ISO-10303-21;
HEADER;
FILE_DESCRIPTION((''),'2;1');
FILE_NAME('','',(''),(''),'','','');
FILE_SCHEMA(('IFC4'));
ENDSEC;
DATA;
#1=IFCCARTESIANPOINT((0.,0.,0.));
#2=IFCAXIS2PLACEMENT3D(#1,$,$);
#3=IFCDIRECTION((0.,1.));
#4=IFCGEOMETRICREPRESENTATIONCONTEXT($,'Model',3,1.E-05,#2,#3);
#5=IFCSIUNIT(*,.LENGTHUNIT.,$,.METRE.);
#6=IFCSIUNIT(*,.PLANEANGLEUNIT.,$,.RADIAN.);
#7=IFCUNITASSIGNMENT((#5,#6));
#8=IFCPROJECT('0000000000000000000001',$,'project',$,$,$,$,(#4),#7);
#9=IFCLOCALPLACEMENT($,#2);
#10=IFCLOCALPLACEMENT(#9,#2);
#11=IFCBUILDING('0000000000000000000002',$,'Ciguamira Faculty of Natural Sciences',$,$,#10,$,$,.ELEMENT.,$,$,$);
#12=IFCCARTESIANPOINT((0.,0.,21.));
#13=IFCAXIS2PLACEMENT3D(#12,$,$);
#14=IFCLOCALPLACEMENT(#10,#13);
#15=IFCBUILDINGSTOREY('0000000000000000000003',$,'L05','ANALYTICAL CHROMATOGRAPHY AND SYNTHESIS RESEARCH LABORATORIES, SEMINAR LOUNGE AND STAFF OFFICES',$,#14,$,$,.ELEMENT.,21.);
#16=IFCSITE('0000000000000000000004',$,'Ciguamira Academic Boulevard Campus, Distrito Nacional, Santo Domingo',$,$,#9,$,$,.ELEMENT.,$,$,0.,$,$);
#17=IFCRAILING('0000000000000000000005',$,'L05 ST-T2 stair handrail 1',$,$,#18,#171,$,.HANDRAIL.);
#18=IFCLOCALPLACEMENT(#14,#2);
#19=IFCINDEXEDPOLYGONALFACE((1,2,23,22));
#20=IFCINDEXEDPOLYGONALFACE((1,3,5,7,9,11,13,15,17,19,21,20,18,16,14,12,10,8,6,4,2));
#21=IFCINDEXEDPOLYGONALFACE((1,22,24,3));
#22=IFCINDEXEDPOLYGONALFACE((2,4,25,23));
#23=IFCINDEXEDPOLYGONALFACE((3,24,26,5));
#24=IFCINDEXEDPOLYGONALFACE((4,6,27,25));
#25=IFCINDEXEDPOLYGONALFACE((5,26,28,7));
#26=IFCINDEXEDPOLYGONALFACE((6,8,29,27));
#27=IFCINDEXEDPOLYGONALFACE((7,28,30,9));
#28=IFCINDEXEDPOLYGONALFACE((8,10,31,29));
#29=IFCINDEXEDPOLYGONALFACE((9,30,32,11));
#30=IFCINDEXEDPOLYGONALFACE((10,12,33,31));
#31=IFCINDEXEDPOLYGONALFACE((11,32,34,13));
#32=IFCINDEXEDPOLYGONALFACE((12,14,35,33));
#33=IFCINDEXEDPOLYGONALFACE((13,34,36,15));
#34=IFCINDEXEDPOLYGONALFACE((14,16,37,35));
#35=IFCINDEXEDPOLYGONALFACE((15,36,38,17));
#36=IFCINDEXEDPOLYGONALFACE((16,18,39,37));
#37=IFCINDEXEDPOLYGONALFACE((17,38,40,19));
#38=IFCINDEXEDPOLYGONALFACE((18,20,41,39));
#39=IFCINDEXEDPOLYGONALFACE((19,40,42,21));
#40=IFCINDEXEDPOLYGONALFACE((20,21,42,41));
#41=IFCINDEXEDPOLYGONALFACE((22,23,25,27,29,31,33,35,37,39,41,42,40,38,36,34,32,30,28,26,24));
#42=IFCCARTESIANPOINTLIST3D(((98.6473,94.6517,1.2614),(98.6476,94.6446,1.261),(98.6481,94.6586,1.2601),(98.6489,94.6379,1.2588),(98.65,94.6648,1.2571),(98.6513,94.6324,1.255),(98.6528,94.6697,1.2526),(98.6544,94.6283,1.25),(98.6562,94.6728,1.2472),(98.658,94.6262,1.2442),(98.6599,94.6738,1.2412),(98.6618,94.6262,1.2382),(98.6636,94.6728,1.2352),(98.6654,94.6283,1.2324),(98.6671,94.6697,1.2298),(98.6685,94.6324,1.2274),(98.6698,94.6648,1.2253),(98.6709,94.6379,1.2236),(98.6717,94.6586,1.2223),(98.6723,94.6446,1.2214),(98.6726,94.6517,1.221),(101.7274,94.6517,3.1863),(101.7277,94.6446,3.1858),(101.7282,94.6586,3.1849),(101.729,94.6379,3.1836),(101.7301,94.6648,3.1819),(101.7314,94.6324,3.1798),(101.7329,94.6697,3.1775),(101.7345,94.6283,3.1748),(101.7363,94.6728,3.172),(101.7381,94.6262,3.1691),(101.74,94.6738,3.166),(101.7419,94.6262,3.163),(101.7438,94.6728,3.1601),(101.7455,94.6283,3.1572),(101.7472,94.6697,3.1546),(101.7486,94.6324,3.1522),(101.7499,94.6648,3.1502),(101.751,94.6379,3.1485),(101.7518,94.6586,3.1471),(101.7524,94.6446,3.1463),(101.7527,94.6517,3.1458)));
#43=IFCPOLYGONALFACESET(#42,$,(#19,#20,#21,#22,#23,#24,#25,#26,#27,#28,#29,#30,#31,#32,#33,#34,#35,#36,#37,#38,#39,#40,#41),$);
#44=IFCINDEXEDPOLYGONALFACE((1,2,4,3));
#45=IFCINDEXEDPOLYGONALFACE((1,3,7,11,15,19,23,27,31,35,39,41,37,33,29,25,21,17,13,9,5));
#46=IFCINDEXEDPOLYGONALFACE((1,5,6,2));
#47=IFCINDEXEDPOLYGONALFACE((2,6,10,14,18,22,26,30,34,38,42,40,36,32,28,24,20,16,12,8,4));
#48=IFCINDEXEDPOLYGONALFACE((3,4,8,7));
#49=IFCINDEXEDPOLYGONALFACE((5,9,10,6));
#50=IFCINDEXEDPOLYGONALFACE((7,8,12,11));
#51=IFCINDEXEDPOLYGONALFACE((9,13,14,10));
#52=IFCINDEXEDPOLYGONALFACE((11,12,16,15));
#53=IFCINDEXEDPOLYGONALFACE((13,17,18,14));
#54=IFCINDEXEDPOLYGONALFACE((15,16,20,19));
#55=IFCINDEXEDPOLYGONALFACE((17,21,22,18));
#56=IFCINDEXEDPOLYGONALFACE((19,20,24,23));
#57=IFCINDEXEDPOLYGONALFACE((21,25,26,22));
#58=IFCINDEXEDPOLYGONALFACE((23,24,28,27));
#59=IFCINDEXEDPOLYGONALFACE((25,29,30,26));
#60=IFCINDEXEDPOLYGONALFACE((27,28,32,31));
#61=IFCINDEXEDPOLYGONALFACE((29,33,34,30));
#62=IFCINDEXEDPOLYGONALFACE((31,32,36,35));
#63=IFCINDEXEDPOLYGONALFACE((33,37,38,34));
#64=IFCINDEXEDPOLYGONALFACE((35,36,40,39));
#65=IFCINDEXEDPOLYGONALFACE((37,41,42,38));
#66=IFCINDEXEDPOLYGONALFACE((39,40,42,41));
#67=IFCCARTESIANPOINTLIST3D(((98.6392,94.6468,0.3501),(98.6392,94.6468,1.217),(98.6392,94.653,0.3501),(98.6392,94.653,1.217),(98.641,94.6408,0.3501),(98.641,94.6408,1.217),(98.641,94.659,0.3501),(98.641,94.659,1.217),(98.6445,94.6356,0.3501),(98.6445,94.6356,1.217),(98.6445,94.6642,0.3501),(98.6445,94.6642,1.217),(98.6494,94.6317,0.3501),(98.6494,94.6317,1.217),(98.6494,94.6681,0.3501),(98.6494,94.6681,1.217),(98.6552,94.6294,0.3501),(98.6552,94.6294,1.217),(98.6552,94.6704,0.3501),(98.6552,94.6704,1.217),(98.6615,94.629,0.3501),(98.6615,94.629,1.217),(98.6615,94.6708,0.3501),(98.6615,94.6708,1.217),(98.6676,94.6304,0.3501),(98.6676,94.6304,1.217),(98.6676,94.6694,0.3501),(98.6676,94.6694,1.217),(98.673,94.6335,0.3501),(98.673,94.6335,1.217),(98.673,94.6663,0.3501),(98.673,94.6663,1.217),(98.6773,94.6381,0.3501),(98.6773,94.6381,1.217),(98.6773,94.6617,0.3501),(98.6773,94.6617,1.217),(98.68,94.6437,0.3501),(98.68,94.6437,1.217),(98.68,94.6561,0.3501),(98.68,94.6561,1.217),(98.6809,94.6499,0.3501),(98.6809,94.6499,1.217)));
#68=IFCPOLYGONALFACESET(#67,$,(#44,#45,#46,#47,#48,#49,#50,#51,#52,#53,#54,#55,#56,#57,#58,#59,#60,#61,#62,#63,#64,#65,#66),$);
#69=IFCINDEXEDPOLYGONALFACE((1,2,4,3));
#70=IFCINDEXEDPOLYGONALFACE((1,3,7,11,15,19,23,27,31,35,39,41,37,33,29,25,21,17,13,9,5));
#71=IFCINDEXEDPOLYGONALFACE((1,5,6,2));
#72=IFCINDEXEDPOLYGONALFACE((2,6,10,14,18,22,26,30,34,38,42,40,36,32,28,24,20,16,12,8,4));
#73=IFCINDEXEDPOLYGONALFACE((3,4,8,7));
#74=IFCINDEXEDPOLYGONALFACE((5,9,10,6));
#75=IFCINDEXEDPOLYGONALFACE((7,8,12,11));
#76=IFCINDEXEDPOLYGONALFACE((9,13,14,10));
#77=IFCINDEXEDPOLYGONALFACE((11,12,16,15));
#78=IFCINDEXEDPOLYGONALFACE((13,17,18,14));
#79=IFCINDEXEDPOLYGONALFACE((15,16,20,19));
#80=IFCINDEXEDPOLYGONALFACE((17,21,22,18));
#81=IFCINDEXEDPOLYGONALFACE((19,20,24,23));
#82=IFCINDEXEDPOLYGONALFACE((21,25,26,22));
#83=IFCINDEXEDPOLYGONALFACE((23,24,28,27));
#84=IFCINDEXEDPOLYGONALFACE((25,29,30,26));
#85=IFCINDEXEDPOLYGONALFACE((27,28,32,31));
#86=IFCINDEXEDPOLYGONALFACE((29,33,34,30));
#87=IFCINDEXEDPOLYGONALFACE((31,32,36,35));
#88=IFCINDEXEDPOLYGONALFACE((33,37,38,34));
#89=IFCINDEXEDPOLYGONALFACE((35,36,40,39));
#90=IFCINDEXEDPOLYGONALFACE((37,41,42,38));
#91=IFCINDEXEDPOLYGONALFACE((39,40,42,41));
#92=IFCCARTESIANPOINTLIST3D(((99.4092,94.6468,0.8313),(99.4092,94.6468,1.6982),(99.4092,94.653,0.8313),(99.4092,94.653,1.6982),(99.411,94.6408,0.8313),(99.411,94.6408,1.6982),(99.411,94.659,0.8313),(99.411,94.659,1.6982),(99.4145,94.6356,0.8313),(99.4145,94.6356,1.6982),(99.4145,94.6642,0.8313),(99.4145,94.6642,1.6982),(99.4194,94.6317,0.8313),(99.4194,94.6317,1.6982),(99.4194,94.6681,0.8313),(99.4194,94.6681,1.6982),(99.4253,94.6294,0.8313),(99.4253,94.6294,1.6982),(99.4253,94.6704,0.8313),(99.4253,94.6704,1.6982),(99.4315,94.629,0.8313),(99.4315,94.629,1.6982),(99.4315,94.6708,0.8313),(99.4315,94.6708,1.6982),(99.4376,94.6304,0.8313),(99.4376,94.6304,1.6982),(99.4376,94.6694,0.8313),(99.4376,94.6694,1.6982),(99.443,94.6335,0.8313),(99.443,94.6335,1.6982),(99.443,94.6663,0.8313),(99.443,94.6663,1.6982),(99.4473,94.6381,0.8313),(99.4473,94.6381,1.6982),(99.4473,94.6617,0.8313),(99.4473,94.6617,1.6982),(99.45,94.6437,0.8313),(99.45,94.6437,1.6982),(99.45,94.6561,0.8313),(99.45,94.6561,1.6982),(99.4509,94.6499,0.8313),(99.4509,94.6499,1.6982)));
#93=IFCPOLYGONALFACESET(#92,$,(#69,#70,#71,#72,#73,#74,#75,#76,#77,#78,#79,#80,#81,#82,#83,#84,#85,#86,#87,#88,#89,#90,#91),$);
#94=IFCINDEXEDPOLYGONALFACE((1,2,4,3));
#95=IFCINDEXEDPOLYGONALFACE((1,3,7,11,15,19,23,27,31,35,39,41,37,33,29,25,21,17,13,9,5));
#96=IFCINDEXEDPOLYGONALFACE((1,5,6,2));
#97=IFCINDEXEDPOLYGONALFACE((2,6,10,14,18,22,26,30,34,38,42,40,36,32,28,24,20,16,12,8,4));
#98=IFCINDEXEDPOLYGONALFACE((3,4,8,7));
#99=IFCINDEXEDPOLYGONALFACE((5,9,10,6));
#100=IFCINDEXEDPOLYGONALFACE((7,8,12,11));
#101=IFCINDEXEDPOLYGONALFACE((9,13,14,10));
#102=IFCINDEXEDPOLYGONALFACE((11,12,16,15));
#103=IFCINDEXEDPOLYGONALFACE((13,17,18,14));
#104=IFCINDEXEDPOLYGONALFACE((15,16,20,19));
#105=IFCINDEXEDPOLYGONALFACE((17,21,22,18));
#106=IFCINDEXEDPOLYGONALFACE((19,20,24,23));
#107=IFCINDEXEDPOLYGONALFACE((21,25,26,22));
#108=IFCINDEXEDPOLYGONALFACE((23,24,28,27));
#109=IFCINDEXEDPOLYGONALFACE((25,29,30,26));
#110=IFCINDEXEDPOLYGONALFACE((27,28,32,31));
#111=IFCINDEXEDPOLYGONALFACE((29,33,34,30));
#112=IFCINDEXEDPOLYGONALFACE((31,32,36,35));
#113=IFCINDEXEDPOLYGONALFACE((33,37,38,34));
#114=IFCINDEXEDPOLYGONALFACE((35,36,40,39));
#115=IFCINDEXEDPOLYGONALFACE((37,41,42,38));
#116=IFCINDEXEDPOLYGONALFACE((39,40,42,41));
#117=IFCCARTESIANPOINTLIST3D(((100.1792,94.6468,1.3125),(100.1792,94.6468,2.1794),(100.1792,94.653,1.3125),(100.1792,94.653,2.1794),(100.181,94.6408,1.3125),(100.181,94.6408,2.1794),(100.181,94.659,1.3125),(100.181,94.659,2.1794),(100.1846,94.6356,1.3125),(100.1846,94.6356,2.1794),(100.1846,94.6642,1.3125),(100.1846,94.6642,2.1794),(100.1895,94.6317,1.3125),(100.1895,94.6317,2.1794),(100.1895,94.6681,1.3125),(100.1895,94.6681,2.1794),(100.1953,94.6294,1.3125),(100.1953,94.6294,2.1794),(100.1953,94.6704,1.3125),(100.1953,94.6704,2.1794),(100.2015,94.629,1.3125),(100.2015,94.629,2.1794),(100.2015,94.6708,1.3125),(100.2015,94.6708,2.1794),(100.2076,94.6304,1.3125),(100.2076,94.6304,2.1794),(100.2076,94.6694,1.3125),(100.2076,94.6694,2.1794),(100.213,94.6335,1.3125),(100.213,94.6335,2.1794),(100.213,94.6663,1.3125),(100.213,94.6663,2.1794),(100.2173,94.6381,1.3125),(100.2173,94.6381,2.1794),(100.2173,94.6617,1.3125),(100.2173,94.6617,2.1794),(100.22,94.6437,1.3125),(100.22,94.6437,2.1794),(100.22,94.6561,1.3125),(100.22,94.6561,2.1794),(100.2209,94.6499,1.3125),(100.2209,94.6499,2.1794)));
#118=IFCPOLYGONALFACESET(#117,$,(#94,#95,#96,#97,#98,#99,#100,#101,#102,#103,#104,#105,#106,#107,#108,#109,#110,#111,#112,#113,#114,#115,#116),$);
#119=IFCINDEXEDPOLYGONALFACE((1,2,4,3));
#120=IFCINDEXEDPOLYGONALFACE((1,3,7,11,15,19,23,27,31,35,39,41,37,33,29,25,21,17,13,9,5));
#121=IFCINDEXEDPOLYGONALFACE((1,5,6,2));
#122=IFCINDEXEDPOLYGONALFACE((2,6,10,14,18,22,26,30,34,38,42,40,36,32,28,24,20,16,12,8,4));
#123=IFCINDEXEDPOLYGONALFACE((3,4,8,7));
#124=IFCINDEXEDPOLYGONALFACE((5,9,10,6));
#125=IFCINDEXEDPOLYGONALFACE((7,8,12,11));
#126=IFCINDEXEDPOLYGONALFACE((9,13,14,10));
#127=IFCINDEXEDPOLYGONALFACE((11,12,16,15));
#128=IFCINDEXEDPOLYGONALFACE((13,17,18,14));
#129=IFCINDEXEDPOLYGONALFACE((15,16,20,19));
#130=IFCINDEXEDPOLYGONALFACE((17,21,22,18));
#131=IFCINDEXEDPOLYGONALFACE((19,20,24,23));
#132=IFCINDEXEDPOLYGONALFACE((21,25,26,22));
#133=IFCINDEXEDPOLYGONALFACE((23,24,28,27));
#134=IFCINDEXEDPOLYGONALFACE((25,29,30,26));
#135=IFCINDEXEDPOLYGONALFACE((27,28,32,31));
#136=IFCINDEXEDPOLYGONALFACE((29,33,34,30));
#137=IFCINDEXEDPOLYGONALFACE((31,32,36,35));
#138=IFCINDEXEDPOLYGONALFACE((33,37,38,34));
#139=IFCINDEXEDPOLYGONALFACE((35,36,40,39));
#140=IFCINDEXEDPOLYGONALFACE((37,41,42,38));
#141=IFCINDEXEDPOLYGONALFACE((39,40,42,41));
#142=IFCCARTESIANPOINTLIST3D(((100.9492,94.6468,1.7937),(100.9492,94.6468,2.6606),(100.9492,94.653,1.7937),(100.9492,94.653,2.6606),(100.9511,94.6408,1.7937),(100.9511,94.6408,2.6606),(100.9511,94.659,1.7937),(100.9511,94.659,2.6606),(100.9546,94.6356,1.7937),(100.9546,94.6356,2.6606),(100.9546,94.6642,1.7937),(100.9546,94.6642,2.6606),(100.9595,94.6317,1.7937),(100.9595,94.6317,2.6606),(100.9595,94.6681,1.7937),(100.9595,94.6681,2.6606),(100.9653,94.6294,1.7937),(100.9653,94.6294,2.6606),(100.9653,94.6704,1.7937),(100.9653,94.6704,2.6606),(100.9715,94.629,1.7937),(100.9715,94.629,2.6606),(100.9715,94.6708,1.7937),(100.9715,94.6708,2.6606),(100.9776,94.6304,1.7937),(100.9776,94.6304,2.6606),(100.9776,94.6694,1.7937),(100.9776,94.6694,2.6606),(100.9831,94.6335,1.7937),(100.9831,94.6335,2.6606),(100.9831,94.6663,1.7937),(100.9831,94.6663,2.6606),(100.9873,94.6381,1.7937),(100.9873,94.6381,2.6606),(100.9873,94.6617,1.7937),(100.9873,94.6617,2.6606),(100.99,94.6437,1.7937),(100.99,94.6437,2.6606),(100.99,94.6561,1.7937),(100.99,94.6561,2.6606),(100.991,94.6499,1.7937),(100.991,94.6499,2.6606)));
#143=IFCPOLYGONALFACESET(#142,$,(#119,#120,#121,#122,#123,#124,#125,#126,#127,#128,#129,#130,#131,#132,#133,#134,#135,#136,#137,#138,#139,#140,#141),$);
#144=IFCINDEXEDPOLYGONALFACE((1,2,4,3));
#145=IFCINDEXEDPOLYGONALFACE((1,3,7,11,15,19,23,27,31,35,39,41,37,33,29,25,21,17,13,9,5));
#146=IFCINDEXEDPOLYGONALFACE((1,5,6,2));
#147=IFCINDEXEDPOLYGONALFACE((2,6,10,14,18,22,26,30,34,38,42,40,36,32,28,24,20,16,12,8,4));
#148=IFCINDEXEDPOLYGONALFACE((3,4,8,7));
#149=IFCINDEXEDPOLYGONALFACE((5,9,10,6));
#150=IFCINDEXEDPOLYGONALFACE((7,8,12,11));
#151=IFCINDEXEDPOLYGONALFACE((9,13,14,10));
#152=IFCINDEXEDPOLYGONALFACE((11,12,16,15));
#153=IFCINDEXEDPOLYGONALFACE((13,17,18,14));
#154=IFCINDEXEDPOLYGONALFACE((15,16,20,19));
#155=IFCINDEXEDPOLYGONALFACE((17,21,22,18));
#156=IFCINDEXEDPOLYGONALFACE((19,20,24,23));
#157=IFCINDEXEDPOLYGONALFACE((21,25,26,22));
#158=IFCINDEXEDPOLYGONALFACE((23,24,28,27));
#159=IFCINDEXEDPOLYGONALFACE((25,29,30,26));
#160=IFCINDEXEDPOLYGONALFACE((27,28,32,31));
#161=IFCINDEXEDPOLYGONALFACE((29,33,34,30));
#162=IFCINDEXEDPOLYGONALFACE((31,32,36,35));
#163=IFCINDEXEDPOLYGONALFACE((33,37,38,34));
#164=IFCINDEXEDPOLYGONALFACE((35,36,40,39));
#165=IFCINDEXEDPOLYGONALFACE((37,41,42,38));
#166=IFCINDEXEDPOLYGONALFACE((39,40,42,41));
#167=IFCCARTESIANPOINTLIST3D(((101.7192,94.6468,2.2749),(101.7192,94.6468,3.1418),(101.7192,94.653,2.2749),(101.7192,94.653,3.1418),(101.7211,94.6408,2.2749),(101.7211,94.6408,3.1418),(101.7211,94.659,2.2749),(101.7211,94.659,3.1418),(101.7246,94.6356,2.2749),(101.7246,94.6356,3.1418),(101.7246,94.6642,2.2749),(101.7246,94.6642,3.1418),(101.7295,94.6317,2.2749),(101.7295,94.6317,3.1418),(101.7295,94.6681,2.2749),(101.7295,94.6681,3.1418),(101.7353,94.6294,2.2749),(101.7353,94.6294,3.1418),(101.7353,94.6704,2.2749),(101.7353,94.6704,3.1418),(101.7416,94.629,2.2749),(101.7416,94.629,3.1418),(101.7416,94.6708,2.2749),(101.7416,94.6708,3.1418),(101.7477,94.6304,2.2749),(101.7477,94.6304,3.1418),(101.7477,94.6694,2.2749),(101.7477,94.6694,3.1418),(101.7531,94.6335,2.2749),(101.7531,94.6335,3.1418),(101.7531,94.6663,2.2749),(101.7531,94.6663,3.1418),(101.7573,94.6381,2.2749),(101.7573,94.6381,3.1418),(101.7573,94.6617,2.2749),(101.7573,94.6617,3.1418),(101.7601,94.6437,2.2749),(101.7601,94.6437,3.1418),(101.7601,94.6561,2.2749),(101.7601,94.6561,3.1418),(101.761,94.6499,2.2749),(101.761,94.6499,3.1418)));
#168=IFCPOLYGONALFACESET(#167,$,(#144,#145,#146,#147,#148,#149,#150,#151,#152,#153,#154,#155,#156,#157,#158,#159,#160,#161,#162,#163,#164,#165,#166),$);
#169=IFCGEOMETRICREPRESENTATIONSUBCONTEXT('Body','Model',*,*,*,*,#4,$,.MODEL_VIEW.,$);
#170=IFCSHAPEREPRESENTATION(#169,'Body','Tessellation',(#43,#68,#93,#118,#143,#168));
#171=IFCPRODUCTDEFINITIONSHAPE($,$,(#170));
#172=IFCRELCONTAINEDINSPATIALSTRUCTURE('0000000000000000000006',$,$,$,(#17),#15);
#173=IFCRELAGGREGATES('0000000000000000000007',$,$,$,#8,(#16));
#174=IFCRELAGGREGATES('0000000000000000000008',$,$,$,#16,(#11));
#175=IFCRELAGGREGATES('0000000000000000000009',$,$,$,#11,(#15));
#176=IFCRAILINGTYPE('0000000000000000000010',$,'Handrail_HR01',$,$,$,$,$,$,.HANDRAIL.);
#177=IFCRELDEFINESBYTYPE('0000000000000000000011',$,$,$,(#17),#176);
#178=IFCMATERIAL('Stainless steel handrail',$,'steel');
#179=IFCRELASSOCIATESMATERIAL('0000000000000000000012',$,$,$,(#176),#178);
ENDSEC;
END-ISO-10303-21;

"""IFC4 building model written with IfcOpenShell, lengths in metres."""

from ifc_helpers import new_model, si_unit, direction, frame, origin, origin_2d, place, context, subcontext, project, spatial, circle, extrude, material, type_object, element, save


model = new_model("IFC4")

# Units and contexts
model_context = context("Model", 3, precision=1e-05, world=origin(), true_north=direction((0.0, 1.0)))
body_context = subcontext(model_context, "Body", "Model", "MODEL_VIEW")
ifc_project = project(units=[si_unit("LENGTHUNIT", "METRE"), si_unit("PLANEANGLEUNIT", "RADIAN")], contexts=[model_context])

# Site, building, storey
site_placement = place(None, origin())
site = spatial("IfcSite", under=ifc_project, at=site_placement, Name="Ciguamira Academic Boulevard Campus, Distrito Nacional, Santo Domingo", CompositionType="ELEMENT", RefElevation=0.0)
building_placement = place(site_placement, origin())
building = spatial("IfcBuilding", under=site, at=building_placement, Name="Ciguamira Faculty of Natural Sciences", CompositionType="ELEMENT")
storey_placement = place(building_placement, frame((0.0, 0.0, 21.0)))
storey = spatial("IfcBuildingStorey", under=building, at=storey_placement, Name="L05", Description="ANALYTICAL CHROMATOGRAPHY AND SYNTHESIS RESEARCH LABORATORIES, SEMINAR LOUNGE AND STAFF OFFICES", CompositionType="ELEMENT", Elevation=21.0)

# Railing
ifc_material_1 = material(Name="Stainless steel handrail", Category="steel")
railing_type_1 = type_object("IfcRailingType", Name="Handrail_HR01", PredefinedType="HANDRAIL", material=ifc_material_1)
railing_1_placement = place(storey_placement, frame((98.6599, 94.6499, 0.3501)))
element("IfcRailing", 1, at=railing_1_placement, inside=storey, type_object=railing_type_1, Name="L05 ST-T2 stair handrail 1", PredefinedType="HANDRAIL", context=body_context, shape_type="SweptSolid", body=[
    extrude(circle(Radius=0.0239, at=origin_2d()), frame((0.0, 0.0, 0.8911), z_axis=(0.848029, 0.0, 0.529951), x_axis=(0.0, 1.0, 0.0)), (0.0, 0.0, 1.0), 3.6321),
    extrude(circle(Radius=0.021, at=origin_2d()), origin(), (0.0, 0.0, 1.0), 0.8669),
    extrude(circle(Radius=0.021, at=origin_2d()), frame((0.77, 0.0, 0.4812)), (0.0, 0.0, 1.0), 0.8669),
    extrude(circle(Radius=0.021, at=origin_2d()), frame((1.54, 0.0, 0.9624)), (0.0, 0.0, 1.0), 0.8669),
    extrude(circle(Radius=0.021, at=origin_2d()), frame((2.3101, 0.0, 1.4436)), (0.0, 0.0, 1.0), 0.8669),
    extrude(circle(Radius=0.021, at=origin_2d()), frame((3.0801, 0.0, 1.9248)), (0.0, 0.0, 1.0), 0.8669),
])

save(model, "model.ifc")
